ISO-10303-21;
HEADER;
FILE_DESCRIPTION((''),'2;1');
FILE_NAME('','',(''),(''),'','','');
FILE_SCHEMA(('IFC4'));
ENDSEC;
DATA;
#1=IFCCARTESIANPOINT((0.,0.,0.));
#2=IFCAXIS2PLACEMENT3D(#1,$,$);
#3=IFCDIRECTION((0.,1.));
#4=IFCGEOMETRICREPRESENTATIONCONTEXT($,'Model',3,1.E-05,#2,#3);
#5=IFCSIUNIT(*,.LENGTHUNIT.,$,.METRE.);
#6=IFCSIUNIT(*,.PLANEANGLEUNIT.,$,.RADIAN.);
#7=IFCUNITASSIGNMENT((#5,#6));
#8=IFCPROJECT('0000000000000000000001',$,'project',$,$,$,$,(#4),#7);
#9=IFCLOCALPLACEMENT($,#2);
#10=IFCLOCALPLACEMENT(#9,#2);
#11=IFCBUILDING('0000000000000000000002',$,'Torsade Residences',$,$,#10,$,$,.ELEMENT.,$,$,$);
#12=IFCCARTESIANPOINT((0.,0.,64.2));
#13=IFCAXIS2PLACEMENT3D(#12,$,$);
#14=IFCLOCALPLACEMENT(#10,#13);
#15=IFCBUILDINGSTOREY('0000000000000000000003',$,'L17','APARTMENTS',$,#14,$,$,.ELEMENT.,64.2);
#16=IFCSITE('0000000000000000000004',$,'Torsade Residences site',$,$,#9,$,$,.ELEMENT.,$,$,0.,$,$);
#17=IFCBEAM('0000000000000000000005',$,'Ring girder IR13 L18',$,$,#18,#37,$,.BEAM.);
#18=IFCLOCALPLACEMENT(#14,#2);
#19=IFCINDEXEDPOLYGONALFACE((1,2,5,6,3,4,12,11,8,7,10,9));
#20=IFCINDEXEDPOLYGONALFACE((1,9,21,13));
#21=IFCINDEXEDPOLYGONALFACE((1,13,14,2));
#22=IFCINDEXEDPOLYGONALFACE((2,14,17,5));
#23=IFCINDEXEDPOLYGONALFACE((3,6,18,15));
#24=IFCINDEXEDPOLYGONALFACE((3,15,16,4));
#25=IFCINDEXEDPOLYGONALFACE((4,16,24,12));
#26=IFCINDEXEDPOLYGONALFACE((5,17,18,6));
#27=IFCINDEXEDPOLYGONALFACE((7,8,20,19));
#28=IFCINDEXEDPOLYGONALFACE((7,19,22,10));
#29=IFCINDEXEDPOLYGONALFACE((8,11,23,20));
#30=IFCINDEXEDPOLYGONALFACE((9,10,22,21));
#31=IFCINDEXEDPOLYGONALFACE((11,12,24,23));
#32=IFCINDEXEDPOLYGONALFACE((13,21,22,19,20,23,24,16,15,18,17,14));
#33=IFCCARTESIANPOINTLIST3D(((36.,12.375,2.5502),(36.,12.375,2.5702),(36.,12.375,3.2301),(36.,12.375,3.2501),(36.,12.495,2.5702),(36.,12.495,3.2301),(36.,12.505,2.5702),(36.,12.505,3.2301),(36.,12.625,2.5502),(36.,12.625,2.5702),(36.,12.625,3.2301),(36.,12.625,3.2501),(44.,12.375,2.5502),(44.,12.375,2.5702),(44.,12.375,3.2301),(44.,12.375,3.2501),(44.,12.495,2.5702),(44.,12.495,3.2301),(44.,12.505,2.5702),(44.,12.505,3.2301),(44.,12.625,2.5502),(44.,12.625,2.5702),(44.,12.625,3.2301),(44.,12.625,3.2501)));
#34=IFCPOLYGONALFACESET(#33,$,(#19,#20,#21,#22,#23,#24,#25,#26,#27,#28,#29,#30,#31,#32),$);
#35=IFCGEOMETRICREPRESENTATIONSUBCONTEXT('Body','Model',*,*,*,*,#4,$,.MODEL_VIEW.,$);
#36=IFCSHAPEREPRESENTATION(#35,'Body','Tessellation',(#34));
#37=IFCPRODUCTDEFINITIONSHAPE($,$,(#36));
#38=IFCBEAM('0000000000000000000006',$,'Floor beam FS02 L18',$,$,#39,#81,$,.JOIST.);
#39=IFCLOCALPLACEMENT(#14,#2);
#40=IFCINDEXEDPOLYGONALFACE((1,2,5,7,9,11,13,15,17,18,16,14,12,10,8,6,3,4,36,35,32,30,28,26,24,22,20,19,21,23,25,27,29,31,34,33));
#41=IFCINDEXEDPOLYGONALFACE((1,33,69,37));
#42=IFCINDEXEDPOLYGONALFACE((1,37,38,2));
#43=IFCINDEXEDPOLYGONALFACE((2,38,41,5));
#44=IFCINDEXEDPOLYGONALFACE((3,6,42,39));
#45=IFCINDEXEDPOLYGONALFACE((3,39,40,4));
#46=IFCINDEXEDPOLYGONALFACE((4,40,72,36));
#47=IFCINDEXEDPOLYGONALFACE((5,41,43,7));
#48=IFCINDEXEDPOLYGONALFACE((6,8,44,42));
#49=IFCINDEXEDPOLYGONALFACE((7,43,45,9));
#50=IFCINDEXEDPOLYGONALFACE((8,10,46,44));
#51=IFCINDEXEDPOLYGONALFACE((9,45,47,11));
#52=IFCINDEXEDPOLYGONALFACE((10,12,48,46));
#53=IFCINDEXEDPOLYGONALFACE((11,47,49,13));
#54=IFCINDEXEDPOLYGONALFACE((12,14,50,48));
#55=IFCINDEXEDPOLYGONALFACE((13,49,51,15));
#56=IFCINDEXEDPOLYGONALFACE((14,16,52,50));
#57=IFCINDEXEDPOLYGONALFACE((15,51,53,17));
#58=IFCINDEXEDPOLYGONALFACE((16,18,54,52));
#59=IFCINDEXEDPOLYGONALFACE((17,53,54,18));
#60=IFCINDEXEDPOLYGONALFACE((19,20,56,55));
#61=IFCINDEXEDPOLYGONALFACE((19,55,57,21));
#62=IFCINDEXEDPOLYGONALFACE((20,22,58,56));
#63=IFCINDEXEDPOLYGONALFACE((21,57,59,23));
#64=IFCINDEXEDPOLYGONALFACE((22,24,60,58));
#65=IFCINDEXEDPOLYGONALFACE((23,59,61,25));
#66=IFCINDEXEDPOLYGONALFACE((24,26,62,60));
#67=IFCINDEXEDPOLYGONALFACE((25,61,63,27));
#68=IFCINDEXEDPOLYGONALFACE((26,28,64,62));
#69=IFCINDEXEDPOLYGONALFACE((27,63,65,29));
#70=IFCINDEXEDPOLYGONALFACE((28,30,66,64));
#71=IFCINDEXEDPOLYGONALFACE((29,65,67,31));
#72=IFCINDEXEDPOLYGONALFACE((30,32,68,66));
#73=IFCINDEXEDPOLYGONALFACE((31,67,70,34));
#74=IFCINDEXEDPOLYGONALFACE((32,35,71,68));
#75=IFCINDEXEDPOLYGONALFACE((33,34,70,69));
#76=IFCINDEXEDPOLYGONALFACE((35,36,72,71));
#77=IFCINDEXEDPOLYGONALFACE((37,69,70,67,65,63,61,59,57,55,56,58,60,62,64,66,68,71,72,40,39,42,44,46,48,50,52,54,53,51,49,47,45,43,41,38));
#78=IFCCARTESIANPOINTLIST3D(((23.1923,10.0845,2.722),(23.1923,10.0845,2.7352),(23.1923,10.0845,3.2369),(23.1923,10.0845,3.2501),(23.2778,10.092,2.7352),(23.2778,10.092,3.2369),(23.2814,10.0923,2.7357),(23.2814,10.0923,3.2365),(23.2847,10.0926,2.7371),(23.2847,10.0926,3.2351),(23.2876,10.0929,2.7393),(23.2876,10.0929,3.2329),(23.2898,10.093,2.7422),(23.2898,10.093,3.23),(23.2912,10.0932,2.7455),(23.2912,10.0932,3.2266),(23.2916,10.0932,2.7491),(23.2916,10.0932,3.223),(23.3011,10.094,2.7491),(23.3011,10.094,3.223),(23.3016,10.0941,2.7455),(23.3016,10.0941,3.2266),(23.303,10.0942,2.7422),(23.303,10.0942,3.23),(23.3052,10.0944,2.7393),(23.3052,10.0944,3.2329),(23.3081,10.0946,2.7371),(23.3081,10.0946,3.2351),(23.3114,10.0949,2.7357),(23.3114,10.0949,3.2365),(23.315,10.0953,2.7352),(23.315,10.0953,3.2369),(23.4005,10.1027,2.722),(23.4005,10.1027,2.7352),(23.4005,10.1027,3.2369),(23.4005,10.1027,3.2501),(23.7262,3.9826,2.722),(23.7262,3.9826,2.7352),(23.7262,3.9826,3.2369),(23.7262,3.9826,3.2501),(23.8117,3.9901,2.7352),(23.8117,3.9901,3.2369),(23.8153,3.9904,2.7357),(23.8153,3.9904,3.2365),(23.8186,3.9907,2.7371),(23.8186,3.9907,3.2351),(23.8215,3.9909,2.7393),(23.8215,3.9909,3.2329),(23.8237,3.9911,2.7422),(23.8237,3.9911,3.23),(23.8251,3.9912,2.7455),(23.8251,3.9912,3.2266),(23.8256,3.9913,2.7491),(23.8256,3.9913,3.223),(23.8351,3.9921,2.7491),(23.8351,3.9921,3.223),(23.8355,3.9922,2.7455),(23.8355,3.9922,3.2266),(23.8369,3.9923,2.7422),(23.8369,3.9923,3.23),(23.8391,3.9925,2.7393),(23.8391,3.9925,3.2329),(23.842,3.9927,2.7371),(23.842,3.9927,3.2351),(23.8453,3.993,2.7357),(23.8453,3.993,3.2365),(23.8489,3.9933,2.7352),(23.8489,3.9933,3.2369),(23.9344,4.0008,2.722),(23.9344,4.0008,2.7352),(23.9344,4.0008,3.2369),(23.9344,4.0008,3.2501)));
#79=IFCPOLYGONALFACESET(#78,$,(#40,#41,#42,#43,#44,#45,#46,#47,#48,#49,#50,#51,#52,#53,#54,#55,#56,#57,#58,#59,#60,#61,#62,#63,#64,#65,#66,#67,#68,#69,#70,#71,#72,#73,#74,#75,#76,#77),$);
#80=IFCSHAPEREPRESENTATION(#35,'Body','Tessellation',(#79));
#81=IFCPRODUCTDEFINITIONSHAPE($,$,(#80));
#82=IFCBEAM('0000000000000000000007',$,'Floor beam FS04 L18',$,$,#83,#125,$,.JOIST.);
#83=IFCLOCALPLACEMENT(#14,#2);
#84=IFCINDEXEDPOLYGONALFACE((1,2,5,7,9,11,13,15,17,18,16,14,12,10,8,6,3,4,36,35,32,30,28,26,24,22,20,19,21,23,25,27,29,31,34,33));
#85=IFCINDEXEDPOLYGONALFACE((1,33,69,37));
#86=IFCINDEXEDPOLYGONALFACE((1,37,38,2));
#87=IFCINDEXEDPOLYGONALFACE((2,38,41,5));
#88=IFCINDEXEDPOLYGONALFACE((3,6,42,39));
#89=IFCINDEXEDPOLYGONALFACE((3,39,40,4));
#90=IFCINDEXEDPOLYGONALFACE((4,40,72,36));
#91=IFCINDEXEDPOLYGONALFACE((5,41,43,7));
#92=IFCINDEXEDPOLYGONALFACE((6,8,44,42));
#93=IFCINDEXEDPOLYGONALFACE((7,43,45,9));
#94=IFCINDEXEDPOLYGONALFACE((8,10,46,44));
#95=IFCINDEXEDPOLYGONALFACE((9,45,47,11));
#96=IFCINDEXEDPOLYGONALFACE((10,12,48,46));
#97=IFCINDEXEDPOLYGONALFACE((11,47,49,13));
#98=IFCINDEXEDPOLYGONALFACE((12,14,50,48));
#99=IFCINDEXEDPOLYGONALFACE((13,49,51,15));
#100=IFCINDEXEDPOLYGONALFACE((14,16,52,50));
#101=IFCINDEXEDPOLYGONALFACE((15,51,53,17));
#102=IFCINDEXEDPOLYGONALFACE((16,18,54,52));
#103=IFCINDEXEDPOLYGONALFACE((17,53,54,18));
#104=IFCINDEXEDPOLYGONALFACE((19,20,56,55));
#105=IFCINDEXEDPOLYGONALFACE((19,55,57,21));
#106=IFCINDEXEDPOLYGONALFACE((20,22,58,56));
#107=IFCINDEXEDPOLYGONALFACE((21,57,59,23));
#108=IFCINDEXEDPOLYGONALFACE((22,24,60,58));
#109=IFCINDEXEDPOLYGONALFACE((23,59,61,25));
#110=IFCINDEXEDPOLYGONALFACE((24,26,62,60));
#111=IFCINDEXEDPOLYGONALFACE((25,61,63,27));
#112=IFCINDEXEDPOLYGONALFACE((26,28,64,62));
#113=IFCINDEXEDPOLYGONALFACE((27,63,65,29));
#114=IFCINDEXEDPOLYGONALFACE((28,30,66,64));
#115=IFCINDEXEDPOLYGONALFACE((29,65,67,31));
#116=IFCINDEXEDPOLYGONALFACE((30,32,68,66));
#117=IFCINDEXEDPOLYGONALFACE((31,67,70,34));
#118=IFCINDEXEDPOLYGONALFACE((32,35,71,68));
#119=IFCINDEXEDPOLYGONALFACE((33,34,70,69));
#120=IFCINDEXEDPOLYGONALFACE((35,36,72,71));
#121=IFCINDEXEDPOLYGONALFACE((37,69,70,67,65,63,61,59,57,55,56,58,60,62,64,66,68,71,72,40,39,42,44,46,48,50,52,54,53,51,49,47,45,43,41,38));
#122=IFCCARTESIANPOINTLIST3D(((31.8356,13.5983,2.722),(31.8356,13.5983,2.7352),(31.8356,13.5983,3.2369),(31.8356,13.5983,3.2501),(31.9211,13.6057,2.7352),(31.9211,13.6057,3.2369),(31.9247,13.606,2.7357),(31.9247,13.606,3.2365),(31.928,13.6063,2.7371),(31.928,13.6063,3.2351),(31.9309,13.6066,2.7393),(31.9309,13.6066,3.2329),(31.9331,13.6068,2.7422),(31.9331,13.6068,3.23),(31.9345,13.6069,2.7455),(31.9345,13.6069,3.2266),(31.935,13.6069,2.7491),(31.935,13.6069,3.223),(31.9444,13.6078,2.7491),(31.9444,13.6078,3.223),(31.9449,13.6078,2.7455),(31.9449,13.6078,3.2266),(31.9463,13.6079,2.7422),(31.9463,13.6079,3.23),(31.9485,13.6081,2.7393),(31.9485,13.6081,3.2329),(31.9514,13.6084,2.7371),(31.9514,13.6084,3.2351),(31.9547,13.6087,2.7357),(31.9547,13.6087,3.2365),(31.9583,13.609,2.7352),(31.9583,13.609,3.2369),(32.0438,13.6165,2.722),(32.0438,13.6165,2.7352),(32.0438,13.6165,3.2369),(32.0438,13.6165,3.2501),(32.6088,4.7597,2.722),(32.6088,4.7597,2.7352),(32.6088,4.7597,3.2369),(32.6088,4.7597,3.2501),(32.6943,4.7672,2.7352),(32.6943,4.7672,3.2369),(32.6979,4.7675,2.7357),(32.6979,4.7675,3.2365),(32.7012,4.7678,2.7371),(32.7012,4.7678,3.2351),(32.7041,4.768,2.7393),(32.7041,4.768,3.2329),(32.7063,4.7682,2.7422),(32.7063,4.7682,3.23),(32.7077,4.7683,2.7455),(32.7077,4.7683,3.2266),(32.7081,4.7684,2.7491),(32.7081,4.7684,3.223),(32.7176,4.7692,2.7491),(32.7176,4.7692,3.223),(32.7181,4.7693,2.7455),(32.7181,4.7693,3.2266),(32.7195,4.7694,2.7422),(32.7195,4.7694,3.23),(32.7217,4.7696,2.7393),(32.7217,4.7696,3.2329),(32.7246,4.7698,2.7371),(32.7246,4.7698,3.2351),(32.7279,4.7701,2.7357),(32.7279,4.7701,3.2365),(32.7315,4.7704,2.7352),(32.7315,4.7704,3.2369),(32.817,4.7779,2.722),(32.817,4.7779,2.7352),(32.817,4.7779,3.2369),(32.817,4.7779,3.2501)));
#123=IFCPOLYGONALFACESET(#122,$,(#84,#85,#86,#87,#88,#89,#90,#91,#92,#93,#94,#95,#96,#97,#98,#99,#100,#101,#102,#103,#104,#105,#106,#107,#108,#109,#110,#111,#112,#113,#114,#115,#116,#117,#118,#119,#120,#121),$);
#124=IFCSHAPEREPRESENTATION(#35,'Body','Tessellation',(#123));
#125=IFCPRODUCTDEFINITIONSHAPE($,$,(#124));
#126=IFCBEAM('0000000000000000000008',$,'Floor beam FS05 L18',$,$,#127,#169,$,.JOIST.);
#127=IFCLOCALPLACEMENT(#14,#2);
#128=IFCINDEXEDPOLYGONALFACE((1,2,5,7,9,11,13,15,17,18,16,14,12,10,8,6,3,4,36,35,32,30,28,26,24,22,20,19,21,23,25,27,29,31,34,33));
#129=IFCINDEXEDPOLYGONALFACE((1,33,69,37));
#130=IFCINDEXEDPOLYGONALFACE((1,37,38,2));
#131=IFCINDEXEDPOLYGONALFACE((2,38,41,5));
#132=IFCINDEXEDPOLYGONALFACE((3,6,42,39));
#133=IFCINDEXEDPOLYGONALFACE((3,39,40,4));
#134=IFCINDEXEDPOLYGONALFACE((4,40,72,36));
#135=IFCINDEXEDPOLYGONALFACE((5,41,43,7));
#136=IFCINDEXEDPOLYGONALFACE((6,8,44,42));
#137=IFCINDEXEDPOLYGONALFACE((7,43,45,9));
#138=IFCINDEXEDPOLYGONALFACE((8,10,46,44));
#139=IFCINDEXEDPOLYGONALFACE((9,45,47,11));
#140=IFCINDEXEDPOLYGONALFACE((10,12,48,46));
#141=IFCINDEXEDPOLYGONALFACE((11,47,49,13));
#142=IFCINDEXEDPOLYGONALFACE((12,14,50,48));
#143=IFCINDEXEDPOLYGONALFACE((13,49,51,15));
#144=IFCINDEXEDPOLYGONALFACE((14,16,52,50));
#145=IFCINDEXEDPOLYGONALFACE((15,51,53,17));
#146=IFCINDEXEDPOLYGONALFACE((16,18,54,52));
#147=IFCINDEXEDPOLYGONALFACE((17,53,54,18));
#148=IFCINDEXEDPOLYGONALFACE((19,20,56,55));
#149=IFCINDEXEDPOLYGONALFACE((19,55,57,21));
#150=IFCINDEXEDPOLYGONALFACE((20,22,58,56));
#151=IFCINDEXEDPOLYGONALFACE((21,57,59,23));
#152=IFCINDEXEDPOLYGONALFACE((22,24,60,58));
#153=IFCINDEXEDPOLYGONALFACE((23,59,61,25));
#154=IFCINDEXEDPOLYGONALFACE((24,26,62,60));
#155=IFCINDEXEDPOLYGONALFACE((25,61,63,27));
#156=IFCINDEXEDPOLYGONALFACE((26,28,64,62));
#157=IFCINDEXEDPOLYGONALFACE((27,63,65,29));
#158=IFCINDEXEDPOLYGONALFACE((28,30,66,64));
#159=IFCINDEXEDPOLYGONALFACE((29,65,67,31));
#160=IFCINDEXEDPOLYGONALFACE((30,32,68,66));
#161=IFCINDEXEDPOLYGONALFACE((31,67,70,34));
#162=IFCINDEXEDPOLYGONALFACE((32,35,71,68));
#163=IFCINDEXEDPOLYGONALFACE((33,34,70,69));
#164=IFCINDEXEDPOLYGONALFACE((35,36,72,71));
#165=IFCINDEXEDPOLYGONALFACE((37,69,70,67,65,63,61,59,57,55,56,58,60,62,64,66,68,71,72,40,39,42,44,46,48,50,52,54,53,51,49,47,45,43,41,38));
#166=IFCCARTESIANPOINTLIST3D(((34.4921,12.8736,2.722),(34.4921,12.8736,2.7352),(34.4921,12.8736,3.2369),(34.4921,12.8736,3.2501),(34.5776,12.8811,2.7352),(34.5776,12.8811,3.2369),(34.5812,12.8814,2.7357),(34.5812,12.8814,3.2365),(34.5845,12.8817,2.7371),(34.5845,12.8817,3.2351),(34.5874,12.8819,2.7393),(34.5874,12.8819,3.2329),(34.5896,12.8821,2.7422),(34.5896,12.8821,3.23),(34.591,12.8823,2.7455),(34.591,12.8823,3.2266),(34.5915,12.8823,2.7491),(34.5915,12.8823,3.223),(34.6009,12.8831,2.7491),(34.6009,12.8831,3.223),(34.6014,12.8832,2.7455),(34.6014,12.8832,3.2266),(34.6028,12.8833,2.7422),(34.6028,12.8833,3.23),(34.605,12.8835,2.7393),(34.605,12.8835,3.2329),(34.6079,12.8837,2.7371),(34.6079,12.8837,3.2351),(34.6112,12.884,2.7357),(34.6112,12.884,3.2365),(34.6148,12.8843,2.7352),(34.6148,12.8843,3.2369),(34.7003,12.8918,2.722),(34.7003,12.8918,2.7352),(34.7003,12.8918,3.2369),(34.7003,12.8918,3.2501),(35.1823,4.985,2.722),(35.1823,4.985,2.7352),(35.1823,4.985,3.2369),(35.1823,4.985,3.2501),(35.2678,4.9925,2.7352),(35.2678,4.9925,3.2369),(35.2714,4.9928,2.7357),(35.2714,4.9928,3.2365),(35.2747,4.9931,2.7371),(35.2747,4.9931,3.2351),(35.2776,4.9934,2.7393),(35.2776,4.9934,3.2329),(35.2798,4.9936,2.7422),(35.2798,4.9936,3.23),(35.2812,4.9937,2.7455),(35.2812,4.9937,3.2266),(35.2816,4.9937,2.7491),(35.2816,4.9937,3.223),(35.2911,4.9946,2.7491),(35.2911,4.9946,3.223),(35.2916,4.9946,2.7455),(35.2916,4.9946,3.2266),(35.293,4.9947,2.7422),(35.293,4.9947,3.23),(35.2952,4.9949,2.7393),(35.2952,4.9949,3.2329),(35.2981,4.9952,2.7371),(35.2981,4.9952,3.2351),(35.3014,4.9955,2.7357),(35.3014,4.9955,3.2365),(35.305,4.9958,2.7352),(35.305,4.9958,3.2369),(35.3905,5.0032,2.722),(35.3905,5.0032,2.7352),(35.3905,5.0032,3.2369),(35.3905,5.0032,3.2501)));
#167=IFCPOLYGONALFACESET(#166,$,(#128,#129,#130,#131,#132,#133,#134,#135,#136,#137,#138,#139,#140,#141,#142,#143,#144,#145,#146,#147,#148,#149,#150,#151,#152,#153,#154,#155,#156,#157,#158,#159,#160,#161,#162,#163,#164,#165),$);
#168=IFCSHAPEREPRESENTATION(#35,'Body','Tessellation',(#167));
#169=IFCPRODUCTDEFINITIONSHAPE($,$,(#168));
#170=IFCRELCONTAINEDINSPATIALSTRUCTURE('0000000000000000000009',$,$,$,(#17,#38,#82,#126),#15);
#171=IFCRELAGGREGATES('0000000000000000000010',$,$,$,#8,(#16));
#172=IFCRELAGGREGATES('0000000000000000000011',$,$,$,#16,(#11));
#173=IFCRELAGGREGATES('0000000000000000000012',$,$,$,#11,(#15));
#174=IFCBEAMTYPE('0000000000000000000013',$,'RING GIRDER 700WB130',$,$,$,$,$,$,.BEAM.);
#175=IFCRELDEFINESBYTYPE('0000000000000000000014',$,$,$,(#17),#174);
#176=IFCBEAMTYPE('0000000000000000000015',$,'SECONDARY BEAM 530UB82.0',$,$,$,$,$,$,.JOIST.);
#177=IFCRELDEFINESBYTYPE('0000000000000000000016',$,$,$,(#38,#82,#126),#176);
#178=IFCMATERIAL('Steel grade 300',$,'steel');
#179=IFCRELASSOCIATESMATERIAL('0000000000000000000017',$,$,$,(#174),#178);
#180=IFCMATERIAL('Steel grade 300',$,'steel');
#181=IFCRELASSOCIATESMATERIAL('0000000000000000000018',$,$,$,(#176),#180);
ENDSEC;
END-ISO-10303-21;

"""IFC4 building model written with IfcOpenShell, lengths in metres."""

from ifc_helpers import new_model, si_unit, direction, frame, origin, origin_2d, place, context, subcontext, project, spatial, i_section, extrude, material, material_profile, profile_set, type_object, element, save


model = new_model("IFC4")

# Units and contexts
model_context = context("Model", 3, precision=1e-05, world=origin(), true_north=direction((0.0, 1.0)))
body_context = subcontext(model_context, "Body", "Model", "MODEL_VIEW")
ifc_project = project(units=[si_unit("LENGTHUNIT", "METRE"), si_unit("PLANEANGLEUNIT", "RADIAN")], contexts=[model_context])

# Site, building, storey
site_placement = place(None, origin())
site = spatial("IfcSite", under=ifc_project, at=site_placement, Name="Torsade Residences site", CompositionType="ELEMENT", RefElevation=0.0)
building_placement = place(site_placement, origin())
building = spatial("IfcBuilding", under=site, at=building_placement, Name="Torsade Residences", CompositionType="ELEMENT")
storey_placement = place(building_placement, frame((0.0, 0.0, 64.2)))
storey = spatial("IfcBuildingStorey", under=building, at=storey_placement, Name="L17", Description="APARTMENTS", CompositionType="ELEMENT", Elevation=64.2)

# Beams
ifc_material_1 = material(Name="Steel grade 300", Category="steel")
ifc_material_profile_1 = material_profile(ifc_material_1, i_section(OverallWidth=0.25, OverallDepth=0.7, WebThickness=0.01, FlangeThickness=0.02, at=origin_2d()), Name="700WB130")
ifc_profile_set_1 = profile_set([ifc_material_profile_1], Name="Steel grade 300")
beam_type_1 = type_object("IfcBeamType", Name="RING GIRDER 700WB130", PredefinedType="BEAM", material=ifc_profile_set_1)
beam_1_placement = place(storey_placement, frame((36.0, 12.5, 2.9001), z_axis=(1.0, 0.0, 0.0), x_axis=(0.0, 1.0, 0.0)))
element("IfcBeam", 1, at=beam_1_placement, inside=storey, type_object=beam_type_1, Name="Ring girder IR13 L18", PredefinedType="BEAM", context=body_context, shape_type="SweptSolid", body=[
    extrude(i_section(OverallWidth=0.25, OverallDepth=0.7, WebThickness=0.01, FlangeThickness=0.02, at=origin_2d()), origin(), (0.0, 0.0, 1.0), 8.0),
])
ifc_material_2 = material(Name="Steel grade 300", Category="steel")
ifc_material_profile_2 = material_profile(ifc_material_2, i_section(OverallWidth=0.209, OverallDepth=0.5281, WebThickness=0.0095, FlangeThickness=0.0132, FilletRadius=0.0139, at=origin_2d()), Name="530UB82.0")
ifc_profile_set_2 = profile_set([ifc_material_profile_2], Name="Steel grade 300")
beam_type_2 = type_object("IfcBeamType", Name="SECONDARY BEAM 530UB82.0", PredefinedType="JOIST", material=ifc_profile_set_2)
beam_2_placement = place(storey_placement, frame((23.8303, 3.9917, 2.9861), z_axis=(-0.087171, 0.996193, 0.0), x_axis=(-0.996193, -0.087171, 0.0)))
element("IfcBeam", 2, at=beam_2_placement, inside=storey, type_object=beam_type_2, Name="Floor beam FS02 L18", PredefinedType="JOIST", context=body_context, shape_type="SweptSolid", body=[
    extrude(i_section(OverallWidth=0.209, OverallDepth=0.5281, WebThickness=0.0095, FlangeThickness=0.0132, FilletRadius=0.0139, at=origin_2d()), origin(), (0.0, 0.0, 1.0), 6.1252),
])
beam_3_placement = place(storey_placement, frame((32.7129, 4.7688, 2.9861), z_axis=(-0.087146, 0.996196, 0.0), x_axis=(-0.996196, -0.087146, 0.0)))
element("IfcBeam", 3, at=beam_3_placement, inside=storey, type_object=beam_type_2, Name="Floor beam FS04 L18", PredefinedType="JOIST", context=body_context, shape_type="SweptSolid", body=[
    extrude(i_section(OverallWidth=0.209, OverallDepth=0.5281, WebThickness=0.0095, FlangeThickness=0.0132, FilletRadius=0.0139, at=origin_2d()), origin(), (0.0, 0.0, 1.0), 8.8723),
])
beam_4_placement = place(storey_placement, frame((35.2864, 4.9941, 2.9861), z_axis=(-0.087158, 0.996195, 0.0), x_axis=(-0.996195, -0.087158, 0.0)))
element("IfcBeam", 4, at=beam_4_placement, inside=storey, type_object=beam_type_2, Name="Floor beam FS05 L18", PredefinedType="JOIST", context=body_context, shape_type="SweptSolid", body=[
    extrude(i_section(OverallWidth=0.209, OverallDepth=0.5281, WebThickness=0.0095, FlangeThickness=0.0132, FilletRadius=0.0139, at=origin_2d()), origin(), (0.0, 0.0, 1.0), 7.9187),
])

save(model, "model.ifc")
